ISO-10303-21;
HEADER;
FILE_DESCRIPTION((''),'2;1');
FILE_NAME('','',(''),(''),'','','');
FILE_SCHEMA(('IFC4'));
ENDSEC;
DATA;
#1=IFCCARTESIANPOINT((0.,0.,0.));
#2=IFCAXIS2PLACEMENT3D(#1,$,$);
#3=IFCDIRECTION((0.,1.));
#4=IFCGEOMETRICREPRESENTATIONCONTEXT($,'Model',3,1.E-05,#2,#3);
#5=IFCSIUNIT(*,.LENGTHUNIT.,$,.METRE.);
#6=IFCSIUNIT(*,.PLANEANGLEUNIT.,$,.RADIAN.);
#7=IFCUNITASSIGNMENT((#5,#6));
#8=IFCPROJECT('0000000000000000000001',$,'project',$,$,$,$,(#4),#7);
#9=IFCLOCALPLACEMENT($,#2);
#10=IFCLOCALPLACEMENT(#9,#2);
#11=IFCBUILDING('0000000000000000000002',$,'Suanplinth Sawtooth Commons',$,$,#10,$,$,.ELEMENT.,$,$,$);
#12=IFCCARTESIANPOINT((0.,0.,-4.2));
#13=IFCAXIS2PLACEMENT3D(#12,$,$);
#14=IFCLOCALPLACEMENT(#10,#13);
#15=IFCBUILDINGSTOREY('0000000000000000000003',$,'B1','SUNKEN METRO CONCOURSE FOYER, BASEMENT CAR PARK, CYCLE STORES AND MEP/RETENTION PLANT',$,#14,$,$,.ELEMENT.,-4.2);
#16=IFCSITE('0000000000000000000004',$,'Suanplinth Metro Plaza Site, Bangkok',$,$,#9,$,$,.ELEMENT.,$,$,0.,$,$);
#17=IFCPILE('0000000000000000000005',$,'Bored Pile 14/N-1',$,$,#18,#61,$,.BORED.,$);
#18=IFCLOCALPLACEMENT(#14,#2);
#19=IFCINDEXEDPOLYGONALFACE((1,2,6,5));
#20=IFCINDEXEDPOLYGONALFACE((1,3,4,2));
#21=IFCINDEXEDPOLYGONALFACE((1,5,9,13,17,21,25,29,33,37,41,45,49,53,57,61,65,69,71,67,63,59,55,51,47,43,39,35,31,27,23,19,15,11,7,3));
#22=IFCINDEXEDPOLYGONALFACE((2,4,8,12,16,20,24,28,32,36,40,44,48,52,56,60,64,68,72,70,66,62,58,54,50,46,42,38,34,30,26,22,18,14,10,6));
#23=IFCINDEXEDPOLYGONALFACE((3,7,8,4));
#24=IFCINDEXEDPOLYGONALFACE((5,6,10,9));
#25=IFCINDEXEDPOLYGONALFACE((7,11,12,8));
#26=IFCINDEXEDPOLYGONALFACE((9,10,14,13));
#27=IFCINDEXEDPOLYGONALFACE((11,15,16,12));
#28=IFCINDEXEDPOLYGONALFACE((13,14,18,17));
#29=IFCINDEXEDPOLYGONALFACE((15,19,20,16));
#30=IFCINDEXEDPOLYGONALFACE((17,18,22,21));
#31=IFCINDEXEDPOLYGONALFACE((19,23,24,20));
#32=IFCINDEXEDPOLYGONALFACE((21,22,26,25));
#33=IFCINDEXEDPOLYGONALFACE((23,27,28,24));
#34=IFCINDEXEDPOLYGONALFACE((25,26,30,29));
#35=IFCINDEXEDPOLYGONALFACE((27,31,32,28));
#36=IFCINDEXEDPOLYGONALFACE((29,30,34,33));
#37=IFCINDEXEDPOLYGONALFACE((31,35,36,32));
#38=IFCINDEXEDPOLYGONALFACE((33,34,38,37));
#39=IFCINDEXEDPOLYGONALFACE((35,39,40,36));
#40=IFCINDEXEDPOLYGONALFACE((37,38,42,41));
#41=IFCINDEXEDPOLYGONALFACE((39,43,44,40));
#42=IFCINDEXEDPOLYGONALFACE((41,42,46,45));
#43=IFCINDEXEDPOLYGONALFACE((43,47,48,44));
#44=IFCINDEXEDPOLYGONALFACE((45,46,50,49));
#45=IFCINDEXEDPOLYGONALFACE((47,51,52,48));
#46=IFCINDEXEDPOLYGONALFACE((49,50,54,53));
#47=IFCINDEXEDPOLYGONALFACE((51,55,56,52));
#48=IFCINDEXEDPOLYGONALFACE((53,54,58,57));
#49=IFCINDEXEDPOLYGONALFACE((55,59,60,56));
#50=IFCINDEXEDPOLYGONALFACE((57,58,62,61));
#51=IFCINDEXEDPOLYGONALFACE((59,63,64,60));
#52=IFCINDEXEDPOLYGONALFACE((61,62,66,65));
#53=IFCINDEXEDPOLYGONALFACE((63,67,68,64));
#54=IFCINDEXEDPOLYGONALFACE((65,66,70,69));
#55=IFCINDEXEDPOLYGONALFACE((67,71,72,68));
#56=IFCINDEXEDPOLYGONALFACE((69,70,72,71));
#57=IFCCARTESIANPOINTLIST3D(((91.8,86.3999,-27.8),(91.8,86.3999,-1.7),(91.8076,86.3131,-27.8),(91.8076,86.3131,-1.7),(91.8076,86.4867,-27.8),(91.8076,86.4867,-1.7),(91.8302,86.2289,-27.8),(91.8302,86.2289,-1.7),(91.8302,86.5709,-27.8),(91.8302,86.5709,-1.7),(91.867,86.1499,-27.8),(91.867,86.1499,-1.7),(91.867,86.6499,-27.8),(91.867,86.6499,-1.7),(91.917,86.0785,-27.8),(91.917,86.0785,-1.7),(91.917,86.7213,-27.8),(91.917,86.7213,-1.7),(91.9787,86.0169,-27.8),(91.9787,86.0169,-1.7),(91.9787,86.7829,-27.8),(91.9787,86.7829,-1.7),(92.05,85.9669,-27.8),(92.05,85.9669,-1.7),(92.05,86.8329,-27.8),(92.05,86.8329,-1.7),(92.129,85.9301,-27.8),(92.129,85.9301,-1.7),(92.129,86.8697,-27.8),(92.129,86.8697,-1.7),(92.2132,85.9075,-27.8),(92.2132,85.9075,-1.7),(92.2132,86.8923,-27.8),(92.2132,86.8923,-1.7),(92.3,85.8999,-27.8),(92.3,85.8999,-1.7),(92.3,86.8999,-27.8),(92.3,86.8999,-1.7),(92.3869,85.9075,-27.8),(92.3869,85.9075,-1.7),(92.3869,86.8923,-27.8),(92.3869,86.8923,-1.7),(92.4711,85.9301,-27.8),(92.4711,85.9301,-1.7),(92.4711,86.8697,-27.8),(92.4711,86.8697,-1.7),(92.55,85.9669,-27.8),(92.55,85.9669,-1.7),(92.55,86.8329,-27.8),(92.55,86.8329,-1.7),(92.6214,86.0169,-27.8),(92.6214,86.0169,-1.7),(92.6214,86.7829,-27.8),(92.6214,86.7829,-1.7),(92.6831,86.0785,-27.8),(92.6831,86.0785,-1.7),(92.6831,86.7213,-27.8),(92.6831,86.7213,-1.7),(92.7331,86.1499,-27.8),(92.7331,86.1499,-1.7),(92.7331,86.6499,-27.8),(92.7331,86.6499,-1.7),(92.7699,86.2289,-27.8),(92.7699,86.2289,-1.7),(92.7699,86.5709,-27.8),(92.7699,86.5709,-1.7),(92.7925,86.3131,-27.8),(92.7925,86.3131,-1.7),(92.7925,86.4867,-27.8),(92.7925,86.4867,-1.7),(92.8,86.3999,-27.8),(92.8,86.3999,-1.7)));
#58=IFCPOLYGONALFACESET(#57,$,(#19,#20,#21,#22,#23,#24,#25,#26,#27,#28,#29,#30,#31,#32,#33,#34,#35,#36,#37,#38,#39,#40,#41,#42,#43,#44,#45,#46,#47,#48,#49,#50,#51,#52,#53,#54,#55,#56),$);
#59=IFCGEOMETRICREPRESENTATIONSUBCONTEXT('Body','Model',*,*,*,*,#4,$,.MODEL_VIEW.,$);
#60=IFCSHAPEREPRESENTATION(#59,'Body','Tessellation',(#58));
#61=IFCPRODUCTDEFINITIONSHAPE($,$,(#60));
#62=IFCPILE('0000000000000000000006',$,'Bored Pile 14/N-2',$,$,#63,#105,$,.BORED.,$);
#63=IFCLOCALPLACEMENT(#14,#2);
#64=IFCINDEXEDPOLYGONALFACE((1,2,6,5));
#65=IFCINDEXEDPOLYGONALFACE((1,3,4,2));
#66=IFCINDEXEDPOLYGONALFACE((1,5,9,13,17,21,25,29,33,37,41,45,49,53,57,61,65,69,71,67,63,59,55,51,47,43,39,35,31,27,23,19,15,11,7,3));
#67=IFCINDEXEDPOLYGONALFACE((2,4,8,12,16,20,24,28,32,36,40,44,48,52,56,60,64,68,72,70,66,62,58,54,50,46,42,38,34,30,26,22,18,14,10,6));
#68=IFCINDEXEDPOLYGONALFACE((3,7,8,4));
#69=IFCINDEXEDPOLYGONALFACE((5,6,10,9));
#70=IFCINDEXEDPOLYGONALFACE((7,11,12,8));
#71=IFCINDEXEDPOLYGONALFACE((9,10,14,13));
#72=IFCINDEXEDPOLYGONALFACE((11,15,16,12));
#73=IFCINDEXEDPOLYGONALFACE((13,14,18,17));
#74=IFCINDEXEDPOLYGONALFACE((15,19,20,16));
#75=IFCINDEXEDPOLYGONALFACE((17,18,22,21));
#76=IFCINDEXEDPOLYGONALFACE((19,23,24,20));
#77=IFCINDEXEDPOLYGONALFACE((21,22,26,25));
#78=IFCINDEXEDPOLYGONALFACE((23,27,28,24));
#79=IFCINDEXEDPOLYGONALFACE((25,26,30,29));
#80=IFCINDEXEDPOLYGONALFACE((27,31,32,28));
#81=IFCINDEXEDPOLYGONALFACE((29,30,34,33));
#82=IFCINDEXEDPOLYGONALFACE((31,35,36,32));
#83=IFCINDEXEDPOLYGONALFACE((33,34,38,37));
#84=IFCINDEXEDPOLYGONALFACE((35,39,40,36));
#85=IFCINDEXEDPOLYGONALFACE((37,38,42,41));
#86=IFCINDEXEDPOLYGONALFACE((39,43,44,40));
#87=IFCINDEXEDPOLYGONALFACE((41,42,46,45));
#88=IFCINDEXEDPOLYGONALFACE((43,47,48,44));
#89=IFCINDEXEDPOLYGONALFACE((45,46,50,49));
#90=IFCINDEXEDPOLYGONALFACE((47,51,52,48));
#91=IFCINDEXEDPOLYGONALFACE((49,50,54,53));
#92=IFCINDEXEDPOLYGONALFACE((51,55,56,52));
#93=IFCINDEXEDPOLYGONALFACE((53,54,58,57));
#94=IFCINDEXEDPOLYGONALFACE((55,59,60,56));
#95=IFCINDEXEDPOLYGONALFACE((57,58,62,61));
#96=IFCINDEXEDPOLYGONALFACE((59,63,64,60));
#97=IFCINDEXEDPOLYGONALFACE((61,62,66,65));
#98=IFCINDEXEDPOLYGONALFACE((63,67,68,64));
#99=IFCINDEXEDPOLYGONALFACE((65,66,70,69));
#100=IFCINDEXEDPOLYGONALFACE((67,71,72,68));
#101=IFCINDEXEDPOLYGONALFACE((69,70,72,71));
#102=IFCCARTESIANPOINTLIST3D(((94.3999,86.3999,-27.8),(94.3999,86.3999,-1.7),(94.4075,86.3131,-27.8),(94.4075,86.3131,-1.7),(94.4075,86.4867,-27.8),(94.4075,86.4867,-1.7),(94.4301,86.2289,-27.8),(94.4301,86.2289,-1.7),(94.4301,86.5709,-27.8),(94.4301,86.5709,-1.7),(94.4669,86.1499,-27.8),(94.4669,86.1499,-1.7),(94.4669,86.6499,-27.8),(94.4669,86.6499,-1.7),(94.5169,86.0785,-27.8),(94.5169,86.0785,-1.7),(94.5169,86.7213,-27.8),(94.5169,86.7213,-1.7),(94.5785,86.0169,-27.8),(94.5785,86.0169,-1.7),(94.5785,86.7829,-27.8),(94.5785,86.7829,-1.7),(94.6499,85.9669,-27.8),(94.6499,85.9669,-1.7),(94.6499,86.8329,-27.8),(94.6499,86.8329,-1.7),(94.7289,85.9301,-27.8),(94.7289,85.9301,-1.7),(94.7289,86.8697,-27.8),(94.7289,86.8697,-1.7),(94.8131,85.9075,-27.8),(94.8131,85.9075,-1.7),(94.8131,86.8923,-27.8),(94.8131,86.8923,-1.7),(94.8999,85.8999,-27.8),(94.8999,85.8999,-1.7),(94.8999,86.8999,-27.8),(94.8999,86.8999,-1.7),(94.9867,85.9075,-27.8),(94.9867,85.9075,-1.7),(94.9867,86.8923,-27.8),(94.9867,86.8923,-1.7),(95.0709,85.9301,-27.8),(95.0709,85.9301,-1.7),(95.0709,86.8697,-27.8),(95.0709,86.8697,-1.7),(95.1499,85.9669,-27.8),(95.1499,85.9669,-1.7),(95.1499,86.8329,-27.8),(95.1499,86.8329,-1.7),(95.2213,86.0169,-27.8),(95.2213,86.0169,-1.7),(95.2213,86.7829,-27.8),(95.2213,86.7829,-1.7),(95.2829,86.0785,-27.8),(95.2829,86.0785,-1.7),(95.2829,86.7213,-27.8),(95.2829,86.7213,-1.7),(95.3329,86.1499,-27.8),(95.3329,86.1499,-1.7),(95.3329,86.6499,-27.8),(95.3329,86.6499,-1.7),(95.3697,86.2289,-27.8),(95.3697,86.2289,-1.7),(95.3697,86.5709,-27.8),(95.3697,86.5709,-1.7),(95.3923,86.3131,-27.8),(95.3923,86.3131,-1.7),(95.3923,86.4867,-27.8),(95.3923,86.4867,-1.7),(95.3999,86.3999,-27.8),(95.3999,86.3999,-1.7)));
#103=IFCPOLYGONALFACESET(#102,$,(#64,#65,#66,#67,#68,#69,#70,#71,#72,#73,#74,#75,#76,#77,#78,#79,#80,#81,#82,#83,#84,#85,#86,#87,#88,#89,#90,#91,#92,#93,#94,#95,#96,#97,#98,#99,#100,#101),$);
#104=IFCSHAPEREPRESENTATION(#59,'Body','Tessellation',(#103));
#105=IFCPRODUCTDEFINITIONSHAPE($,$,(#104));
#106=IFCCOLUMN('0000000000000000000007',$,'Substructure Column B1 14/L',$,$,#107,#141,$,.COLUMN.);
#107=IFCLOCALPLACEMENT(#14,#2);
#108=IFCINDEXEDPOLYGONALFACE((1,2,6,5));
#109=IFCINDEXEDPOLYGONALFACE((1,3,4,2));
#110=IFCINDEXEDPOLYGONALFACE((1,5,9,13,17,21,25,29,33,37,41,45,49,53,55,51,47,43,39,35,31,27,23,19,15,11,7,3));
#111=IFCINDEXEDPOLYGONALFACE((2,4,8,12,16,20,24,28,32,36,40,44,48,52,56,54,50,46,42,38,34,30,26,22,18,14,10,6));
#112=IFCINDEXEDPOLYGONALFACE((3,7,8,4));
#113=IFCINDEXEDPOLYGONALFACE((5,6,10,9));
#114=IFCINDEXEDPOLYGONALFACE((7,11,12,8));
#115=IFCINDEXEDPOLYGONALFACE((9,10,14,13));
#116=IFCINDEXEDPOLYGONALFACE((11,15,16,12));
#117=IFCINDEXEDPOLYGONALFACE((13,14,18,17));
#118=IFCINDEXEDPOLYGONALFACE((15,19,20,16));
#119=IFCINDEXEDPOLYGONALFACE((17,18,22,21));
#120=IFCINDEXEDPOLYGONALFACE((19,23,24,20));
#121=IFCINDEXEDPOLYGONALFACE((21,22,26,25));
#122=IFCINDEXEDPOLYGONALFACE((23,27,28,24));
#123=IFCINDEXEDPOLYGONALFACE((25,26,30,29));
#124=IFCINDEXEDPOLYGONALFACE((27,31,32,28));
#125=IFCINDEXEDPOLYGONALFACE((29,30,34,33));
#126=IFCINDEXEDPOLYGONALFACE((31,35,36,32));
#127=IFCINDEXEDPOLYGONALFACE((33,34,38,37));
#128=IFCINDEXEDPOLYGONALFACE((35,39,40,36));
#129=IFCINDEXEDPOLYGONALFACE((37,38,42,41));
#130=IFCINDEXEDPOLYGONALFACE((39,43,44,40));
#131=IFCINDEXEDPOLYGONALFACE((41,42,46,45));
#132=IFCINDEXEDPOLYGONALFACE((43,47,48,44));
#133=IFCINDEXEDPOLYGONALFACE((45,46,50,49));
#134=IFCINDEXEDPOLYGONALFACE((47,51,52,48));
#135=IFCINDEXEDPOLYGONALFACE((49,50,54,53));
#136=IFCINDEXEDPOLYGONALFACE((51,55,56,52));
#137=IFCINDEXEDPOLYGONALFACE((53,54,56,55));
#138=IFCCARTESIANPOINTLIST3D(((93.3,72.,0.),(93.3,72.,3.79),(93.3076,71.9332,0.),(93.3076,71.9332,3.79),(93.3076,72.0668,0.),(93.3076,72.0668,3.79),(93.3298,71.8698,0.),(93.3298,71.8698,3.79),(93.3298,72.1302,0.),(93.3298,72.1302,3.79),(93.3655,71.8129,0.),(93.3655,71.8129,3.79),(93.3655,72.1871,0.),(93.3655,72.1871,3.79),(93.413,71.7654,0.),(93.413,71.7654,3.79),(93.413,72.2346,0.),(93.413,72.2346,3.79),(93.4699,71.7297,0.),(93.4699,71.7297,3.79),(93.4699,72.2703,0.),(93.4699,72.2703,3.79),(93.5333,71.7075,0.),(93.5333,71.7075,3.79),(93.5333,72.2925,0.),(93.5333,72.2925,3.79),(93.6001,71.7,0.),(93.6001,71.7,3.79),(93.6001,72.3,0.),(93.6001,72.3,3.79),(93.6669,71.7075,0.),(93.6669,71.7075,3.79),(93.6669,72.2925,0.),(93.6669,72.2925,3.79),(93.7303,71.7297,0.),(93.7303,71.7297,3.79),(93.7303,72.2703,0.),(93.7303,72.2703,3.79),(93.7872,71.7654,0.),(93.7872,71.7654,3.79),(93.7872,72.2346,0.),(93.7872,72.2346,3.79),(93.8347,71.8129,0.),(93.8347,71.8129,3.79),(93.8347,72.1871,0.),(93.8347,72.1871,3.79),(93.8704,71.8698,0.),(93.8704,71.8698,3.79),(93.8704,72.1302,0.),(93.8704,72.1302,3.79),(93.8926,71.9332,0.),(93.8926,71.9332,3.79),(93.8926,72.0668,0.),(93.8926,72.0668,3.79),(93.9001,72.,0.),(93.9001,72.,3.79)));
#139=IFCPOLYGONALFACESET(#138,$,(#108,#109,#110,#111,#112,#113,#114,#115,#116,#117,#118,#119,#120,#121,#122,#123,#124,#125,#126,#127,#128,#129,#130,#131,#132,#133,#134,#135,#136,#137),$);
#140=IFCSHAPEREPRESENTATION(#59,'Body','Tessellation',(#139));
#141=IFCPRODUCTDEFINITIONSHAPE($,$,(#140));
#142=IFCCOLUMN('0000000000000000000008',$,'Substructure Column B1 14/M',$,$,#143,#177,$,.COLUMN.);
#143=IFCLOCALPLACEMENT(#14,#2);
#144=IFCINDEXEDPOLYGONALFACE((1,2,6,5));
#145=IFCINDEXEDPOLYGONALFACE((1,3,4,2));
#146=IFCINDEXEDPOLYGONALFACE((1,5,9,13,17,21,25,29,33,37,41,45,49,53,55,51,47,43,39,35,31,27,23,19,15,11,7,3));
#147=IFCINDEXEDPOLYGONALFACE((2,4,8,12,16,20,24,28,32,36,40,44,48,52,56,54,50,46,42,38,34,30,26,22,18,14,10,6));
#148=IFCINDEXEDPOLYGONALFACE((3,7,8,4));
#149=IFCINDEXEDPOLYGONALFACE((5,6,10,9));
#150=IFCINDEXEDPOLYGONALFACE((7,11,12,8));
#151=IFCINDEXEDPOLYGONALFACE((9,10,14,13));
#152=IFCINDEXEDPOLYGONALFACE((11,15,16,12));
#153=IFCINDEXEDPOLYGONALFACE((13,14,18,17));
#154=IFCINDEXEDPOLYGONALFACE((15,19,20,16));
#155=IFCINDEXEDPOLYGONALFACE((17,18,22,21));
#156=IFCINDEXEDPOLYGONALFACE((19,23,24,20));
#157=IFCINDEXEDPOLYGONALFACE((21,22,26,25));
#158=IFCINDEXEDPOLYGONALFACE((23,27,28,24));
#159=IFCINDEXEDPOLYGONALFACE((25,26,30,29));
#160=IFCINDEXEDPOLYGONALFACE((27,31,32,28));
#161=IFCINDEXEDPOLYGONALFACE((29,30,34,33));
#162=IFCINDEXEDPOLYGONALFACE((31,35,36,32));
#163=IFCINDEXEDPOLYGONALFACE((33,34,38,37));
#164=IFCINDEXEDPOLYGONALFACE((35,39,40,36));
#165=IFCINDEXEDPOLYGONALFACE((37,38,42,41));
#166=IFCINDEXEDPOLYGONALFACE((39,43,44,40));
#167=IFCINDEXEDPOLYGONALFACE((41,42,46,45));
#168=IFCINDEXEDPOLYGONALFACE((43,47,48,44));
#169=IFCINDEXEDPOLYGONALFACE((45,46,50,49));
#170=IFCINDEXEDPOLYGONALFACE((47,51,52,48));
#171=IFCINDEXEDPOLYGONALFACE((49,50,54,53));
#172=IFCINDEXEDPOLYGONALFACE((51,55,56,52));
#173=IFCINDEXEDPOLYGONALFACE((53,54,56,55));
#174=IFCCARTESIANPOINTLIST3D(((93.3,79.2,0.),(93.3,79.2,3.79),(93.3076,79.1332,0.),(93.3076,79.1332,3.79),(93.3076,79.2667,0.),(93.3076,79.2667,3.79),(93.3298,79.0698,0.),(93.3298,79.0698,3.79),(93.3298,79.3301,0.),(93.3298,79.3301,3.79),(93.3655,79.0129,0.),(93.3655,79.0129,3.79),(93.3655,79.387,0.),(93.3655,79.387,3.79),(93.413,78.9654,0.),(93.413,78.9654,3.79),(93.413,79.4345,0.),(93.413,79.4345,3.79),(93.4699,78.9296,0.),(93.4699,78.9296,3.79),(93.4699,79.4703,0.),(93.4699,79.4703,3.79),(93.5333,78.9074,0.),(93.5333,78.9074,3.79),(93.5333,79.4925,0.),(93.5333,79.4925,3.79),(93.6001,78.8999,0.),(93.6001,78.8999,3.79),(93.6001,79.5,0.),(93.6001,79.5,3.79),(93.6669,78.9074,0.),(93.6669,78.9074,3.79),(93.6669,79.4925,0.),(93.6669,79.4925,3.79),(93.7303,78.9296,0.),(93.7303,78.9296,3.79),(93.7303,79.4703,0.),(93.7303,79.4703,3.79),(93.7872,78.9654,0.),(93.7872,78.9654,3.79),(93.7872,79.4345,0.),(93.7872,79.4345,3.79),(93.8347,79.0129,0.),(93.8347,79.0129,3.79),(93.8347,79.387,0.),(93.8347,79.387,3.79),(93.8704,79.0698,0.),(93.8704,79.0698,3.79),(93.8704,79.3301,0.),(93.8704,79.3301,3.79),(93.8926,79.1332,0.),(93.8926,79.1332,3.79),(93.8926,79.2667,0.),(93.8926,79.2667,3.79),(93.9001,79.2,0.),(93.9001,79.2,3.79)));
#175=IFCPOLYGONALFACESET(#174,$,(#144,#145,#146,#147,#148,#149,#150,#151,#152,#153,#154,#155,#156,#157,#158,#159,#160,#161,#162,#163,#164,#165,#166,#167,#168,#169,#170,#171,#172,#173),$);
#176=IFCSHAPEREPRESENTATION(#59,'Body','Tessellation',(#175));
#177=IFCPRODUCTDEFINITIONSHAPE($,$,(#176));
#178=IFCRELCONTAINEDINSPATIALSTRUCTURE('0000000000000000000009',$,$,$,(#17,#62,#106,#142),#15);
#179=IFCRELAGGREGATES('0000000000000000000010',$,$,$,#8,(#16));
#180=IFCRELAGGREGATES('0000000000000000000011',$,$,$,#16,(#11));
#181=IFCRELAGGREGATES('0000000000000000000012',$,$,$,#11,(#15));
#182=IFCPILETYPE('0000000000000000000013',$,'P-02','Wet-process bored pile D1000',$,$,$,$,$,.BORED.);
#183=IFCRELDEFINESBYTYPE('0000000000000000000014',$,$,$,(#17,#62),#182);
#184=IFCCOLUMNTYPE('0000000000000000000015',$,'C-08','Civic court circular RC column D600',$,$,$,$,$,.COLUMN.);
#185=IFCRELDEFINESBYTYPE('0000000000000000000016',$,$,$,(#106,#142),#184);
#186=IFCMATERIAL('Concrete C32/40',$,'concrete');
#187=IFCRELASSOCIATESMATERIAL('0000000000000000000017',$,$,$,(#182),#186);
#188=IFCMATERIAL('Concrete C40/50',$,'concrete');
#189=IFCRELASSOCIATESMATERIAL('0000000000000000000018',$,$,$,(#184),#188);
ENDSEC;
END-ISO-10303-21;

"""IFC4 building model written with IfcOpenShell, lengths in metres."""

from ifc_helpers import new_model, si_unit, direction, frame, origin, origin_2d, place, context, subcontext, project, spatial, circle, extrude, material, material_profile, profile_set, type_object, element, save


model = new_model("IFC4")

# Units and contexts
model_context = context("Model", 3, precision=1e-05, world=origin(), true_north=direction((0.0, 1.0)))
body_context = subcontext(model_context, "Body", "Model", "MODEL_VIEW")
ifc_project = project(units=[si_unit("LENGTHUNIT", "METRE"), si_unit("PLANEANGLEUNIT", "RADIAN")], contexts=[model_context])

# Site, building, storey
site_placement = place(None, origin())
site = spatial("IfcSite", under=ifc_project, at=site_placement, Name="Suanplinth Metro Plaza Site, Bangkok", CompositionType="ELEMENT", RefElevation=0.0)
building_placement = place(site_placement, origin())
building = spatial("IfcBuilding", under=site, at=building_placement, Name="Suanplinth Sawtooth Commons", CompositionType="ELEMENT")
storey_placement = place(building_placement, frame((0.0, 0.0, -4.2)))
storey = spatial("IfcBuildingStorey", under=building, at=storey_placement, Name="B1", Description="SUNKEN METRO CONCOURSE FOYER, BASEMENT CAR PARK, CYCLE STORES AND MEP/RETENTION PLANT", CompositionType="ELEMENT", Elevation=-4.2)

# Piles
ifc_material_1 = material(Name="Concrete C32/40", Category="concrete")
ifc_material_profile_1 = material_profile(ifc_material_1, circle(Radius=0.5, at=origin_2d()), Name="PILE D1000")
ifc_profile_set_1 = profile_set([ifc_material_profile_1], Name="Concrete C32/40")
pile_type_1 = type_object("IfcPileType", Name="P-02", Description="Wet-process bored pile D1000", PredefinedType="BORED", material=ifc_profile_set_1)
for number, where, z_axis, x_axis, name in (
    (1, (92.3, 86.3999, -1.7), (0.0, 0.0, -1.0), (1.0, 0.0, 0.0), "Bored Pile 14/N-1"),
    (2, (94.8999, 86.3999, -1.7), (0.0, 0.0, -1.0), (1.0, 0.0, 0.0), "Bored Pile 14/N-2"),
):
    element("IfcPile", number, at=place(storey_placement, frame(where, z_axis=z_axis, x_axis=x_axis)), inside=storey, type_object=pile_type_1, Name=name, PredefinedType="BORED", context=body_context, shape_type="SweptSolid", body=[
        extrude(circle(Radius=0.5, at=origin_2d()), origin(), (0.0, 0.0, 1.0), 26.1001),
    ])

# Columns
ifc_material_2 = material(Name="Concrete C40/50", Category="concrete")
ifc_material_profile_2 = material_profile(ifc_material_2, circle(Radius=0.3, at=origin_2d()), Name="RC-CIRC D600")
ifc_profile_set_2 = profile_set([ifc_material_profile_2], Name="Concrete C40/50")
column_type_1 = type_object("IfcColumnType", Name="C-08", Description="Civic court circular RC column D600", PredefinedType="COLUMN", material=ifc_profile_set_2)
for number, where, z_axis, x_axis, name in (
    (3, (93.6001, 72.0, 0.0), (0.0, 0.0, 1.0), (1.0, 0.0, 0.0), "Substructure Column B1 14/L"),
    (4, (93.6001, 79.2, 0.0), (0.0, 0.0, 1.0), (1.0, 0.0, 0.0), "Substructure Column B1 14/M"),
):
    element("IfcColumn", number, at=place(storey_placement, frame(where, z_axis=z_axis, x_axis=x_axis)), inside=storey, type_object=column_type_1, Name=name, PredefinedType="COLUMN", context=body_context, shape_type="SweptSolid", body=[
        extrude(circle(Radius=0.3, at=origin_2d()), origin(), (0.0, 0.0, 1.0), 3.79),
    ])

save(model, "model.ifc")
